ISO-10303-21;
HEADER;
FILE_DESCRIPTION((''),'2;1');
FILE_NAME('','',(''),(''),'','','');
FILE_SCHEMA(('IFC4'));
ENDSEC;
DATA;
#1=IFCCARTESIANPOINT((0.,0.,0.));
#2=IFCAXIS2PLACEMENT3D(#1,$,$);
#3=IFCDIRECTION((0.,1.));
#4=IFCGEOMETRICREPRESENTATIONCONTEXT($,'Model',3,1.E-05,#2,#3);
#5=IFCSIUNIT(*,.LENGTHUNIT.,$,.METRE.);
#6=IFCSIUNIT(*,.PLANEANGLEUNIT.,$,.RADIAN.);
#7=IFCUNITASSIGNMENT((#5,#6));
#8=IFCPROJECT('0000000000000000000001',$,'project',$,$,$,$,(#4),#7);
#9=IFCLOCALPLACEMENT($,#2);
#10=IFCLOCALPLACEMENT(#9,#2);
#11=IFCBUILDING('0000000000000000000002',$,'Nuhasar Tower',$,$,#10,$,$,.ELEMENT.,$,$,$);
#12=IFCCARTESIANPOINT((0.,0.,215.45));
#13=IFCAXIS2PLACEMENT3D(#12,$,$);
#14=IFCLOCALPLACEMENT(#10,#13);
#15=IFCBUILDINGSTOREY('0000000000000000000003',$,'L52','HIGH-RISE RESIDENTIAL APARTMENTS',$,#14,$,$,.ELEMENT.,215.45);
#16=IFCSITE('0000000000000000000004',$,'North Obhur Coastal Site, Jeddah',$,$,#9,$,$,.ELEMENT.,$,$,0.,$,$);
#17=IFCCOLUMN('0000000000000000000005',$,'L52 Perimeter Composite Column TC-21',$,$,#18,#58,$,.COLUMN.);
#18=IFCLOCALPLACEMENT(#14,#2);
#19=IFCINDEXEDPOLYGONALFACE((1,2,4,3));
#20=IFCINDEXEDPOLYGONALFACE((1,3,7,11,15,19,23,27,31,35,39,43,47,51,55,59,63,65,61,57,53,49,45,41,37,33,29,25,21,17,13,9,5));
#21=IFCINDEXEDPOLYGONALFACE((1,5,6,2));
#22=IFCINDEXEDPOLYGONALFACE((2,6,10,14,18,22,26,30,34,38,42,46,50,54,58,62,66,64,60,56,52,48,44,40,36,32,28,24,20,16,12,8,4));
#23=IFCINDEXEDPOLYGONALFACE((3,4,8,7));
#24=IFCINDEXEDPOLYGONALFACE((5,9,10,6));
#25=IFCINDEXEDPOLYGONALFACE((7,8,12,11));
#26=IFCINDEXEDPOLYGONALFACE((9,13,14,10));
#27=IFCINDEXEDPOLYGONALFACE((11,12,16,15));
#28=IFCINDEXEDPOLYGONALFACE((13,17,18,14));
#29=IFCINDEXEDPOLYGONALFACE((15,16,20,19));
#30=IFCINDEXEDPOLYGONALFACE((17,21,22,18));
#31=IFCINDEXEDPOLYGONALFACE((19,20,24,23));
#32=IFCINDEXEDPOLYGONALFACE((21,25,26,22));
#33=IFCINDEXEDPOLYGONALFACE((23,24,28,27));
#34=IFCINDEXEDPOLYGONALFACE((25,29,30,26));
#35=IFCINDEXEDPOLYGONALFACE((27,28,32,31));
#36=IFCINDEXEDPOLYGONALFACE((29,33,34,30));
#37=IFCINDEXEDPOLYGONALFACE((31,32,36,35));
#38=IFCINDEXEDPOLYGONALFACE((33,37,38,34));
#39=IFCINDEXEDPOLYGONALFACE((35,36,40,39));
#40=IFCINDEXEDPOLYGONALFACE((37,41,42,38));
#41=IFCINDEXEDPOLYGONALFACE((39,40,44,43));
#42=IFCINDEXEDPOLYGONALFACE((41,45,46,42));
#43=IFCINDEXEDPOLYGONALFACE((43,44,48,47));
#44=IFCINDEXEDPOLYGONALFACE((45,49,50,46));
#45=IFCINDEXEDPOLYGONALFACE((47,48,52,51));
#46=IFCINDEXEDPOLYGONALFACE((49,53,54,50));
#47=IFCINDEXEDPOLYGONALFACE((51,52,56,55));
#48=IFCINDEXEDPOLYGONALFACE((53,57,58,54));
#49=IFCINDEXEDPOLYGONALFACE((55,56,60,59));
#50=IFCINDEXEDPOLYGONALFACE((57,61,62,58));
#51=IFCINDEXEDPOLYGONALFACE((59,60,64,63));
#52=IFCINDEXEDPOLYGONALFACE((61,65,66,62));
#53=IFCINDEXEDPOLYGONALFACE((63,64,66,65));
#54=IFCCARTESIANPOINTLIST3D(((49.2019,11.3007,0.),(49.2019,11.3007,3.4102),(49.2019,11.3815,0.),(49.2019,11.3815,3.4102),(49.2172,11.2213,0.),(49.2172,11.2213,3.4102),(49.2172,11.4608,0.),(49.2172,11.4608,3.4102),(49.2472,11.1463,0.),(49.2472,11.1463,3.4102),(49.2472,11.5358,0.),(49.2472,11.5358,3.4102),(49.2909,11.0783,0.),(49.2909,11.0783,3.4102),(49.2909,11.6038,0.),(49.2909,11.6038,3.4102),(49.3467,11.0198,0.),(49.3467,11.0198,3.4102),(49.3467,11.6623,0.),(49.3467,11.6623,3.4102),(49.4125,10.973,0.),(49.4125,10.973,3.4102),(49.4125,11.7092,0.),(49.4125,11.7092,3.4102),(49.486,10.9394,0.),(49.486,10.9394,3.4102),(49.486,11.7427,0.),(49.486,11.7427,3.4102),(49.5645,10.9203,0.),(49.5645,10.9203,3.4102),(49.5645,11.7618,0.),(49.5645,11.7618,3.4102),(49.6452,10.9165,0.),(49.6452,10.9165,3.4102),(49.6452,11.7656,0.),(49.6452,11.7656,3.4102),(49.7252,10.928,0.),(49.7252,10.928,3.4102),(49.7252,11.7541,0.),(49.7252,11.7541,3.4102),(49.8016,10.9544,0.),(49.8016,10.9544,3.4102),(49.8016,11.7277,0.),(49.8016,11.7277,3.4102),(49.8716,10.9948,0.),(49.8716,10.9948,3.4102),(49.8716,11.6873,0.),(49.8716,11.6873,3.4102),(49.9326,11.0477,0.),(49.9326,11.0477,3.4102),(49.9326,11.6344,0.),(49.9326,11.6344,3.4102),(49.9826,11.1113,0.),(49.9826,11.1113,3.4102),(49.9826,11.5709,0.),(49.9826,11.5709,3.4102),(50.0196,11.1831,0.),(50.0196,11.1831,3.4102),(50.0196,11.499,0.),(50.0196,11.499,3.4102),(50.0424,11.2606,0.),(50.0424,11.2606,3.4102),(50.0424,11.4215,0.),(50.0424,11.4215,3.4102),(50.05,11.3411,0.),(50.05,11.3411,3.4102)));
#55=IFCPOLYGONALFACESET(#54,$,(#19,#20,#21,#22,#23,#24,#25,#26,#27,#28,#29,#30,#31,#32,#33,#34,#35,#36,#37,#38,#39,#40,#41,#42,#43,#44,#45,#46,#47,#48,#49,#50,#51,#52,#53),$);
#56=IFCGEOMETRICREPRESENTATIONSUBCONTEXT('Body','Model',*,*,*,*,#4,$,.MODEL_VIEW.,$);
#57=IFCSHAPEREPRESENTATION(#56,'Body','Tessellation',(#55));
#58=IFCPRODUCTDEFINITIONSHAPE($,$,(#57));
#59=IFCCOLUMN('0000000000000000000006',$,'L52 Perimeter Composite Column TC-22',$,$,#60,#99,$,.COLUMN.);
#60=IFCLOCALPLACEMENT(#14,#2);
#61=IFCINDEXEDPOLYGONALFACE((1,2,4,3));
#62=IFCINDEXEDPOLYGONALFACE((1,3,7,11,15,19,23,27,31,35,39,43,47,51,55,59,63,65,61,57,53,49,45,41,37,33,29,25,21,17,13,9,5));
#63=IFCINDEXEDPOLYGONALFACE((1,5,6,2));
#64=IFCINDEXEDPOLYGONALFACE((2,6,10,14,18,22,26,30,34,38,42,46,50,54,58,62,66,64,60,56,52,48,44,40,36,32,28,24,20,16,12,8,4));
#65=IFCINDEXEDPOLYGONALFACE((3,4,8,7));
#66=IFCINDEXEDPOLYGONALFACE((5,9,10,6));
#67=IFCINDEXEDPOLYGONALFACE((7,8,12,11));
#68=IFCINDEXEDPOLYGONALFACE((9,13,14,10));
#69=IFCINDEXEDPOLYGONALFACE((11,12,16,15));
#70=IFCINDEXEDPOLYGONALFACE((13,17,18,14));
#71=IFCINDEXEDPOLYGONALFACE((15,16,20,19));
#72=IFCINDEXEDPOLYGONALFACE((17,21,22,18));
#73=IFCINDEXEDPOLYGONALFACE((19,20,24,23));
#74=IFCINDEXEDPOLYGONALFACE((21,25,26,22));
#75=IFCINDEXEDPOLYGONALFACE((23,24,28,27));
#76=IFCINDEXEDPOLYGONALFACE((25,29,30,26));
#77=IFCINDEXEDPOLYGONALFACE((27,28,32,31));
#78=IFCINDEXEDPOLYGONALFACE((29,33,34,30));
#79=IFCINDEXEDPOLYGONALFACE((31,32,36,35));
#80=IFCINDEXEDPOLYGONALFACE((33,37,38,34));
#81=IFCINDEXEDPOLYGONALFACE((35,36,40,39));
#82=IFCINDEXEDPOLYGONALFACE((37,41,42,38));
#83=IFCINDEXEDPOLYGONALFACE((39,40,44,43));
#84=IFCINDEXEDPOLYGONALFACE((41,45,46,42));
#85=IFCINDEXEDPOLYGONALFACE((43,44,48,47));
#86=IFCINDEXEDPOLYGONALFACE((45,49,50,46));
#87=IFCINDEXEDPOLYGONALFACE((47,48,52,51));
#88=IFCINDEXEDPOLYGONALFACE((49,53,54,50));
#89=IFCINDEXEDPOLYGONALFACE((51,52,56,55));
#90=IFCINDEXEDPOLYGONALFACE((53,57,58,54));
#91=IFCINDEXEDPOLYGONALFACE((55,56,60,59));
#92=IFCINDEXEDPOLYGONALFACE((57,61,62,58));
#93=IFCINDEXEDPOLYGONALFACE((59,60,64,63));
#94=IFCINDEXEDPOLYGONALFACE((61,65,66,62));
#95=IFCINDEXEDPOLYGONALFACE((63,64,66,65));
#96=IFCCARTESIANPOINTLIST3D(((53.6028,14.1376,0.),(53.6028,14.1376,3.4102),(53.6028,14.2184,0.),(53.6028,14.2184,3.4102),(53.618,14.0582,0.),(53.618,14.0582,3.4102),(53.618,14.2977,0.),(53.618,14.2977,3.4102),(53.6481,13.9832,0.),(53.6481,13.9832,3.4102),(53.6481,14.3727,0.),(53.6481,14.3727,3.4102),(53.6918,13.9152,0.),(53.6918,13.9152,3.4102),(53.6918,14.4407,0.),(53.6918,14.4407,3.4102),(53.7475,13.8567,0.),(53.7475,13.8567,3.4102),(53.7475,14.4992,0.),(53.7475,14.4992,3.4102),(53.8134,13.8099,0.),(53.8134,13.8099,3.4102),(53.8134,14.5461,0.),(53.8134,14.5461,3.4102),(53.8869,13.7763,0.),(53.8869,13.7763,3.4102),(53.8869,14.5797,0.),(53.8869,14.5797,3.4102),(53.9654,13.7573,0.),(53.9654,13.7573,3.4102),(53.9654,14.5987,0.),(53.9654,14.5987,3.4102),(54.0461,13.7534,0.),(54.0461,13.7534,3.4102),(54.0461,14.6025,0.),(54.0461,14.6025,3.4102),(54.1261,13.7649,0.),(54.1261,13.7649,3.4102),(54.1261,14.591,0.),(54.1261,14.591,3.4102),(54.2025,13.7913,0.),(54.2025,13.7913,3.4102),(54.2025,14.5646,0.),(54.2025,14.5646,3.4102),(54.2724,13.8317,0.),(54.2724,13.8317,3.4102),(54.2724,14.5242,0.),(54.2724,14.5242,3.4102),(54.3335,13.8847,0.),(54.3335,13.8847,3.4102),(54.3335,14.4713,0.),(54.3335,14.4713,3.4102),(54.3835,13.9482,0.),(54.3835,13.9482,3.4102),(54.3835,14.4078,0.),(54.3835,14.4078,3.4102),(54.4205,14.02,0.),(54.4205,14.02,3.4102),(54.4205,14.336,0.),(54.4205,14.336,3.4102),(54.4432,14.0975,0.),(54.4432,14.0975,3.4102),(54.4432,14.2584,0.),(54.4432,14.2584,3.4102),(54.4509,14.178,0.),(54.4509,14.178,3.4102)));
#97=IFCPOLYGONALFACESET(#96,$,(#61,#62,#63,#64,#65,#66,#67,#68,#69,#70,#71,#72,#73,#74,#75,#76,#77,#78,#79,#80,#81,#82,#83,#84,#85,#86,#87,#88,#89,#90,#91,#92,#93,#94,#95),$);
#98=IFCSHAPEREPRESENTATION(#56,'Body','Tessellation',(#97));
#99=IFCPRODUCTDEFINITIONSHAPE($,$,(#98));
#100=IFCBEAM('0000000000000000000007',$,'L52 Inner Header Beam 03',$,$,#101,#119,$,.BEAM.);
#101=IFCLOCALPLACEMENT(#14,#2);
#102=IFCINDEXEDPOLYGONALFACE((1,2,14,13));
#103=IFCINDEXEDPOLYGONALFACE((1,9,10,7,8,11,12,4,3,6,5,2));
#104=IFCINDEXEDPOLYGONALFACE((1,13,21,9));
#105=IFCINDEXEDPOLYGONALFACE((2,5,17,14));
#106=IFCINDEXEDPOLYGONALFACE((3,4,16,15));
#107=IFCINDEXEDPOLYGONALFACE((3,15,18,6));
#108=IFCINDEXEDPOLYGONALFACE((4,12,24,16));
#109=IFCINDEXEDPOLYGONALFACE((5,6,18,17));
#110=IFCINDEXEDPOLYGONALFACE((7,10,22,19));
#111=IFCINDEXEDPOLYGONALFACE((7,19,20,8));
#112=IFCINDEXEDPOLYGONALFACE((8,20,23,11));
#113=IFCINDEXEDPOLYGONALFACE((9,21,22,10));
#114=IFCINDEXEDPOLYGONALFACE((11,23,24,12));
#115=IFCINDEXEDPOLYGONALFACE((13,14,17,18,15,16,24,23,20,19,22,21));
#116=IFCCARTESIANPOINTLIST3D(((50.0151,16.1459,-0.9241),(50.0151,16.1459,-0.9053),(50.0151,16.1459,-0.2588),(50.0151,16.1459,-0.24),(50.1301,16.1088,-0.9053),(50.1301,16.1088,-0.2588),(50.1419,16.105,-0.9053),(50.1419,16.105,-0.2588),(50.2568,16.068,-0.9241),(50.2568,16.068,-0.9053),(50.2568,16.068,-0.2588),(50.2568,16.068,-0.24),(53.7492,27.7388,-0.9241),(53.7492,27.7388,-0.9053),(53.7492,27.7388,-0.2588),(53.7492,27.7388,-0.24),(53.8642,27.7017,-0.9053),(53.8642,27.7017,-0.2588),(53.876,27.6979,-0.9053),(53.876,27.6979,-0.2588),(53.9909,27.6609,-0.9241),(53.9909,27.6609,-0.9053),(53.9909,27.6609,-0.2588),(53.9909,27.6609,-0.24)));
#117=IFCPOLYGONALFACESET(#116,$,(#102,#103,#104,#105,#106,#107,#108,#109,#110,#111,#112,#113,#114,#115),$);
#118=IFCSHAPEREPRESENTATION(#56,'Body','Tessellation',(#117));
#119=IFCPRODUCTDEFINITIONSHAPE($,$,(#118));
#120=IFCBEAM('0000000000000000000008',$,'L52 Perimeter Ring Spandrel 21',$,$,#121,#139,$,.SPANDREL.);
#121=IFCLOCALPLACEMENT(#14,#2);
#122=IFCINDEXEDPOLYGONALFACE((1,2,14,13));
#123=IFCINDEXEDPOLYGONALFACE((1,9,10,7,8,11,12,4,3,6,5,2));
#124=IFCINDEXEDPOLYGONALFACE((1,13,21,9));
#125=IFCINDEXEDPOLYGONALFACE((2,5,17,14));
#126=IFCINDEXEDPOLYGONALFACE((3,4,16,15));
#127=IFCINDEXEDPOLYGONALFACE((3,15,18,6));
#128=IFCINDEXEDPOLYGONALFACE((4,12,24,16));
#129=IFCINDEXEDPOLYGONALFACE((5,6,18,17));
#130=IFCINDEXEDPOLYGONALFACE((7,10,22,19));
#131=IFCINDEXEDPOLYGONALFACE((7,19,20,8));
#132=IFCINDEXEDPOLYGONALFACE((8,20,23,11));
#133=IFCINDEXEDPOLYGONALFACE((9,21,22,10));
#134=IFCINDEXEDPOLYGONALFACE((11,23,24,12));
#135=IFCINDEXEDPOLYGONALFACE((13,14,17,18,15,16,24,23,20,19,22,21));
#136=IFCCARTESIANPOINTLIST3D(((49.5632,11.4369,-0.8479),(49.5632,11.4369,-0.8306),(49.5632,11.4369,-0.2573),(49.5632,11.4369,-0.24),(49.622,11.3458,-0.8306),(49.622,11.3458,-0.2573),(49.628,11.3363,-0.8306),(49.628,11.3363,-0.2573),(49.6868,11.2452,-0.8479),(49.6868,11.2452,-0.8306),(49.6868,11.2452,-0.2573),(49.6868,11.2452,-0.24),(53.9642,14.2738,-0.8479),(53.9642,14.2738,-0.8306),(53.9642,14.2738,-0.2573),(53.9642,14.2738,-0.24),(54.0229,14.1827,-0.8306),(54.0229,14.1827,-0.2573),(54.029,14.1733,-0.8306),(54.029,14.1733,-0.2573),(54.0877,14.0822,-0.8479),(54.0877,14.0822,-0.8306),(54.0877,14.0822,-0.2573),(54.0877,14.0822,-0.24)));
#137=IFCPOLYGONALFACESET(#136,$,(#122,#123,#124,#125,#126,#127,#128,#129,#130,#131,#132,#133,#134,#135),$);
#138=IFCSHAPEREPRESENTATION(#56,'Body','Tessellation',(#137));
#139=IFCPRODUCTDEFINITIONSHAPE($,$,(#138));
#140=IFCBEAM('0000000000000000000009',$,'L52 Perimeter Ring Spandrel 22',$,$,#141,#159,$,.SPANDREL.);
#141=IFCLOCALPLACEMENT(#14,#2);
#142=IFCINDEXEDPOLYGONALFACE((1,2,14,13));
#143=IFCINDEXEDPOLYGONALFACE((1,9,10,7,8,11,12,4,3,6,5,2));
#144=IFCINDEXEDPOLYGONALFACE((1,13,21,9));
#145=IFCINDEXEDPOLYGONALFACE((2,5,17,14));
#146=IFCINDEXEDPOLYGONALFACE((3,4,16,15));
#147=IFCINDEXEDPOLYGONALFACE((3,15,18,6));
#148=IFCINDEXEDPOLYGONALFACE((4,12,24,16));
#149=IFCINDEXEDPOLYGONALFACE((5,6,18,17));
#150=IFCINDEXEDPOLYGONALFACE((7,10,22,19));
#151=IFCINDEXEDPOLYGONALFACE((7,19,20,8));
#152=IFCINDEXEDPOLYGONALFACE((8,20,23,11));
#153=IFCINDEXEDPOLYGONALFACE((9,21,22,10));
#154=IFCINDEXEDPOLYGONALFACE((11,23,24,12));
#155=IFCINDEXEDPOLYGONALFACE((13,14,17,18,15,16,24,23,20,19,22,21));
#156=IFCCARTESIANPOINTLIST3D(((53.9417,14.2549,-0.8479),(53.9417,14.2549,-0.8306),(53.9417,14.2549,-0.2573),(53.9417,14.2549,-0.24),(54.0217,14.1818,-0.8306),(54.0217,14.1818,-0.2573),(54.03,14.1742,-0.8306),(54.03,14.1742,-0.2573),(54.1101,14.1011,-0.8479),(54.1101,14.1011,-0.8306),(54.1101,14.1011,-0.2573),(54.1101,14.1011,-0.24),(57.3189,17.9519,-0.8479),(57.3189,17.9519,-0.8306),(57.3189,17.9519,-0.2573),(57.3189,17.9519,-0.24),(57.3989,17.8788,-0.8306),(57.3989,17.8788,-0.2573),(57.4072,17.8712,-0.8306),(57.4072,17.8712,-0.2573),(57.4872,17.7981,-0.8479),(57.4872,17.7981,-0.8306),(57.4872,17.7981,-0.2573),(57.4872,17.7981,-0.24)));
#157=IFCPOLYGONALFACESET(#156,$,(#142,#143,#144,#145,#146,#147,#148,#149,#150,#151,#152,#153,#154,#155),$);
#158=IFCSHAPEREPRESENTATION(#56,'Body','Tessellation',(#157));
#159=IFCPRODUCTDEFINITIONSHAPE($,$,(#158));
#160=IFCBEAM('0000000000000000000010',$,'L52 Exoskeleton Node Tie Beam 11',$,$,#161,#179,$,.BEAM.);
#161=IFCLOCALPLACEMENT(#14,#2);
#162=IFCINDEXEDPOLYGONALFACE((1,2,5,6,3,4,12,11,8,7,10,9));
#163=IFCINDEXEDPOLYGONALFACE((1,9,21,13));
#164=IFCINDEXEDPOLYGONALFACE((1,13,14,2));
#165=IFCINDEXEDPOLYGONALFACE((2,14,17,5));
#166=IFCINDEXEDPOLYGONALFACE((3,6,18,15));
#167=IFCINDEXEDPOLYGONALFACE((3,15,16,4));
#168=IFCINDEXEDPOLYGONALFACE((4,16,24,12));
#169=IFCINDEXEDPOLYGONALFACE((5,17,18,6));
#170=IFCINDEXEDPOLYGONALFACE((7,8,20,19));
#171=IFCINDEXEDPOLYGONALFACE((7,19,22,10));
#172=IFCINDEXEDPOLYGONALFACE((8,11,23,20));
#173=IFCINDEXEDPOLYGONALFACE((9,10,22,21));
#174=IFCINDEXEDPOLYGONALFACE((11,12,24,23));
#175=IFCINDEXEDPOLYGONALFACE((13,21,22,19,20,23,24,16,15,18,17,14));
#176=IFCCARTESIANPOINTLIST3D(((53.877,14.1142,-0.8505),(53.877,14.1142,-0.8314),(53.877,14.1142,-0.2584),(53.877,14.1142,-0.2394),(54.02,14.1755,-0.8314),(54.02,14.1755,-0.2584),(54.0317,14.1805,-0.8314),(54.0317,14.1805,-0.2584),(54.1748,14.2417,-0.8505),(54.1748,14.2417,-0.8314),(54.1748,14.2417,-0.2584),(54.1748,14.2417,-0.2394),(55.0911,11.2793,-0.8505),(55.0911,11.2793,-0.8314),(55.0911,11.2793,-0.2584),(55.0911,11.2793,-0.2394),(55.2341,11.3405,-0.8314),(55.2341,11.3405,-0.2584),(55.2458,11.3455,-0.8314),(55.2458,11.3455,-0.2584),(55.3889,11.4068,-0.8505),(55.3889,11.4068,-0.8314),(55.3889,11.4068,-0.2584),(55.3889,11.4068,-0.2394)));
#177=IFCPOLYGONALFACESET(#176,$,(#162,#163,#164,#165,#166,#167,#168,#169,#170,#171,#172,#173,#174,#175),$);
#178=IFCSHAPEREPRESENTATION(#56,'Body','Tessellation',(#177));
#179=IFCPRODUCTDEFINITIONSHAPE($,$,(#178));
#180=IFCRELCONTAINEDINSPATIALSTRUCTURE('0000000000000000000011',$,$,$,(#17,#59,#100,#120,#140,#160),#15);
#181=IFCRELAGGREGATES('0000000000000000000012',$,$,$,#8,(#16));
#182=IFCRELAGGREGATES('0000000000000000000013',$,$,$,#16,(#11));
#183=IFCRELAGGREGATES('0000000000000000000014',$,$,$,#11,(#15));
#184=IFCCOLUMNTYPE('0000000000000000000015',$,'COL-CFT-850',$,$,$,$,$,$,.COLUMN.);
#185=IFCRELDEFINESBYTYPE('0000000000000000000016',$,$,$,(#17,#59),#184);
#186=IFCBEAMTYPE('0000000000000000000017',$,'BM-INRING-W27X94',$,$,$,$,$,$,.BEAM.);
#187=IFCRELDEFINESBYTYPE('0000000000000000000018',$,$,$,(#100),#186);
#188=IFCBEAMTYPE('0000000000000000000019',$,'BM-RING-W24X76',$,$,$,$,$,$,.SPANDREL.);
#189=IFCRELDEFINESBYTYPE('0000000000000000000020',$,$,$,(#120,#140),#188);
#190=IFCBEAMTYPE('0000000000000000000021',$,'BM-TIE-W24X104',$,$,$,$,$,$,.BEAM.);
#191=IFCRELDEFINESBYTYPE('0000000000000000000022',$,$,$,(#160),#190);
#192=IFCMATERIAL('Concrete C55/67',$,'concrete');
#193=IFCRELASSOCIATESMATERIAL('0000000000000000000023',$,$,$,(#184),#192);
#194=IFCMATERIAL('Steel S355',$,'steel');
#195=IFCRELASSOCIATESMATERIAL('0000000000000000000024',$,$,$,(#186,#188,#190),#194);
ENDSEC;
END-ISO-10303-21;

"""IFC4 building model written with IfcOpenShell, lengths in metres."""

from ifc_helpers import new_model, si_unit, direction, frame, origin, origin_2d, place, context, subcontext, project, spatial, circle, i_section, extrude, material, material_profile, profile_set, type_object, element, save


model = new_model("IFC4")

# Units and contexts
model_context = context("Model", 3, precision=1e-05, world=origin(), true_north=direction((0.0, 1.0)))
body_context = subcontext(model_context, "Body", "Model", "MODEL_VIEW")
ifc_project = project(units=[si_unit("LENGTHUNIT", "METRE"), si_unit("PLANEANGLEUNIT", "RADIAN")], contexts=[model_context])

# Site, building, storey
site_placement = place(None, origin())
site = spatial("IfcSite", under=ifc_project, at=site_placement, Name="North Obhur Coastal Site, Jeddah", CompositionType="ELEMENT", RefElevation=0.0)
building_placement = place(site_placement, origin())
building = spatial("IfcBuilding", under=site, at=building_placement, Name="Nuhasar Tower", CompositionType="ELEMENT")
storey_placement = place(building_placement, frame((0.0, 0.0, 215.45)))
storey = spatial("IfcBuildingStorey", under=building, at=storey_placement, Name="L52", Description="HIGH-RISE RESIDENTIAL APARTMENTS", CompositionType="ELEMENT", Elevation=215.45)

# Columns
ifc_material_1 = material(Name="Concrete C55/67", Category="concrete")
ifc_material_profile_1 = material_profile(ifc_material_1, circle(Radius=0.425, at=origin_2d()), Name="CFT850")
ifc_profile_set_1 = profile_set([ifc_material_profile_1], Name="Concrete C55/67")
column_type = type_object("IfcColumnType", Name="COL-CFT-850", PredefinedType="COLUMN", material=ifc_profile_set_1)
for number, where, z_axis, x_axis, name in (
    (1, (49.625, 11.3411, 0.0), (0.0, 0.0, 1.0), (1.0, 0.0, 0.0), "L52 Perimeter Composite Column TC-21"),
    (2, (54.0259, 14.178, 0.0), (0.0, 0.0, 1.0), (1.0, 0.0, 0.0), "L52 Perimeter Composite Column TC-22"),
):
    element("IfcColumn", number, at=place(storey_placement, frame(where, z_axis=z_axis, x_axis=x_axis)), inside=storey, type_object=column_type, Name=name, PredefinedType="COLUMN", context=body_context, shape_type="SweptSolid", body=[
        extrude(circle(Radius=0.425, at=origin_2d()), origin(), (0.0, 0.0, 1.0), 3.4102),
    ])

# Beams
ifc_material_2 = material(Name="Steel S355", Category="steel")
ifc_material_profile_2 = material_profile(ifc_material_2, i_section(OverallWidth=0.2539, OverallDepth=0.6841, WebThickness=0.0125, FlangeThickness=0.0188, at=origin_2d()), Name="W27X94")
ifc_profile_set_2 = profile_set([ifc_material_profile_2], Name="Steel S355")
beam_type_1 = type_object("IfcBeamType", Name="BM-INRING-W27X94", PredefinedType="BEAM", material=ifc_profile_set_2)
beam_1_placement = place(storey_placement, frame((50.136, 16.1069, -0.582), z_axis=(0.30659, 0.951842, 0.0), x_axis=(-0.951842, 0.30659, 0.0)))
element("IfcBeam", 3, at=beam_1_placement, inside=storey, type_object=beam_type_1, Name="L52 Inner Header Beam 03", PredefinedType="BEAM", context=body_context, shape_type="SweptSolid", body=[
    extrude(i_section(OverallWidth=0.2539, OverallDepth=0.6841, WebThickness=0.0125, FlangeThickness=0.0188, at=origin_2d()), origin(), (0.0, 0.0, 1.0), 12.1794),
])
ifc_material_profile_3 = material_profile(ifc_material_2, i_section(OverallWidth=0.228, OverallDepth=0.6079, WebThickness=0.0112, FlangeThickness=0.0173, at=origin_2d()), Name="W24X76")
ifc_profile_set_3 = profile_set([ifc_material_profile_3], Name="Steel S355")
beam_type_2 = type_object("IfcBeamType", Name="BM-RING-W24X76", PredefinedType="SPANDREL", material=ifc_profile_set_3)
beam_2_placement = place(storey_placement, frame((49.625, 11.3411, -0.5439), z_axis=(0.840502, 0.541808, 0.0), x_axis=(-0.541808, 0.840502, 0.0)))
element("IfcBeam", 4, at=beam_2_placement, inside=storey, type_object=beam_type_2, Name="L52 Perimeter Ring Spandrel 21", PredefinedType="SPANDREL", context=body_context, shape_type="SweptSolid", body=[
    extrude(i_section(OverallWidth=0.228, OverallDepth=0.6079, WebThickness=0.0112, FlangeThickness=0.0173, at=origin_2d()), origin(), (0.0, 0.0, 1.0), 5.2361),
])
beam_3_placement = place(storey_placement, frame((54.0259, 14.178, -0.5439), z_axis=(0.67445, 0.738321, 0.0), x_axis=(-0.738321, 0.67445, 0.0)))
element("IfcBeam", 5, at=beam_3_placement, inside=storey, type_object=beam_type_2, Name="L52 Perimeter Ring Spandrel 22", PredefinedType="SPANDREL", context=body_context, shape_type="SweptSolid", body=[
    extrude(i_section(OverallWidth=0.228, OverallDepth=0.6079, WebThickness=0.0112, FlangeThickness=0.0173, at=origin_2d()), origin(), (0.0, 0.0, 1.0), 5.0073),
])
ifc_material_profile_4 = material_profile(ifc_material_2, i_section(OverallWidth=0.324, OverallDepth=0.6111, WebThickness=0.0127, FlangeThickness=0.019, at=origin_2d()), Name="W24X104")
ifc_profile_set_4 = profile_set([ifc_material_profile_4], Name="Steel S355")
beam_type_3 = type_object("IfcBeamType", Name="BM-TIE-W24X104", PredefinedType="BEAM", material=ifc_profile_set_4)
beam_4_placement = place(storey_placement, frame((54.0259, 14.178, -0.5449), z_axis=(0.39368, -0.919247, 0.0), x_axis=(0.919247, 0.39368, 0.0)))
element("IfcBeam", 6, at=beam_4_placement, inside=storey, type_object=beam_type_3, Name="L52 Exoskeleton Node Tie Beam 11", PredefinedType="BEAM", context=body_context, shape_type="SweptSolid", body=[
    extrude(i_section(OverallWidth=0.324, OverallDepth=0.6111, WebThickness=0.0127, FlangeThickness=0.019, at=origin_2d()), origin(), (0.0, 0.0, 1.0), 3.084),
])

save(model, "model.ifc")
